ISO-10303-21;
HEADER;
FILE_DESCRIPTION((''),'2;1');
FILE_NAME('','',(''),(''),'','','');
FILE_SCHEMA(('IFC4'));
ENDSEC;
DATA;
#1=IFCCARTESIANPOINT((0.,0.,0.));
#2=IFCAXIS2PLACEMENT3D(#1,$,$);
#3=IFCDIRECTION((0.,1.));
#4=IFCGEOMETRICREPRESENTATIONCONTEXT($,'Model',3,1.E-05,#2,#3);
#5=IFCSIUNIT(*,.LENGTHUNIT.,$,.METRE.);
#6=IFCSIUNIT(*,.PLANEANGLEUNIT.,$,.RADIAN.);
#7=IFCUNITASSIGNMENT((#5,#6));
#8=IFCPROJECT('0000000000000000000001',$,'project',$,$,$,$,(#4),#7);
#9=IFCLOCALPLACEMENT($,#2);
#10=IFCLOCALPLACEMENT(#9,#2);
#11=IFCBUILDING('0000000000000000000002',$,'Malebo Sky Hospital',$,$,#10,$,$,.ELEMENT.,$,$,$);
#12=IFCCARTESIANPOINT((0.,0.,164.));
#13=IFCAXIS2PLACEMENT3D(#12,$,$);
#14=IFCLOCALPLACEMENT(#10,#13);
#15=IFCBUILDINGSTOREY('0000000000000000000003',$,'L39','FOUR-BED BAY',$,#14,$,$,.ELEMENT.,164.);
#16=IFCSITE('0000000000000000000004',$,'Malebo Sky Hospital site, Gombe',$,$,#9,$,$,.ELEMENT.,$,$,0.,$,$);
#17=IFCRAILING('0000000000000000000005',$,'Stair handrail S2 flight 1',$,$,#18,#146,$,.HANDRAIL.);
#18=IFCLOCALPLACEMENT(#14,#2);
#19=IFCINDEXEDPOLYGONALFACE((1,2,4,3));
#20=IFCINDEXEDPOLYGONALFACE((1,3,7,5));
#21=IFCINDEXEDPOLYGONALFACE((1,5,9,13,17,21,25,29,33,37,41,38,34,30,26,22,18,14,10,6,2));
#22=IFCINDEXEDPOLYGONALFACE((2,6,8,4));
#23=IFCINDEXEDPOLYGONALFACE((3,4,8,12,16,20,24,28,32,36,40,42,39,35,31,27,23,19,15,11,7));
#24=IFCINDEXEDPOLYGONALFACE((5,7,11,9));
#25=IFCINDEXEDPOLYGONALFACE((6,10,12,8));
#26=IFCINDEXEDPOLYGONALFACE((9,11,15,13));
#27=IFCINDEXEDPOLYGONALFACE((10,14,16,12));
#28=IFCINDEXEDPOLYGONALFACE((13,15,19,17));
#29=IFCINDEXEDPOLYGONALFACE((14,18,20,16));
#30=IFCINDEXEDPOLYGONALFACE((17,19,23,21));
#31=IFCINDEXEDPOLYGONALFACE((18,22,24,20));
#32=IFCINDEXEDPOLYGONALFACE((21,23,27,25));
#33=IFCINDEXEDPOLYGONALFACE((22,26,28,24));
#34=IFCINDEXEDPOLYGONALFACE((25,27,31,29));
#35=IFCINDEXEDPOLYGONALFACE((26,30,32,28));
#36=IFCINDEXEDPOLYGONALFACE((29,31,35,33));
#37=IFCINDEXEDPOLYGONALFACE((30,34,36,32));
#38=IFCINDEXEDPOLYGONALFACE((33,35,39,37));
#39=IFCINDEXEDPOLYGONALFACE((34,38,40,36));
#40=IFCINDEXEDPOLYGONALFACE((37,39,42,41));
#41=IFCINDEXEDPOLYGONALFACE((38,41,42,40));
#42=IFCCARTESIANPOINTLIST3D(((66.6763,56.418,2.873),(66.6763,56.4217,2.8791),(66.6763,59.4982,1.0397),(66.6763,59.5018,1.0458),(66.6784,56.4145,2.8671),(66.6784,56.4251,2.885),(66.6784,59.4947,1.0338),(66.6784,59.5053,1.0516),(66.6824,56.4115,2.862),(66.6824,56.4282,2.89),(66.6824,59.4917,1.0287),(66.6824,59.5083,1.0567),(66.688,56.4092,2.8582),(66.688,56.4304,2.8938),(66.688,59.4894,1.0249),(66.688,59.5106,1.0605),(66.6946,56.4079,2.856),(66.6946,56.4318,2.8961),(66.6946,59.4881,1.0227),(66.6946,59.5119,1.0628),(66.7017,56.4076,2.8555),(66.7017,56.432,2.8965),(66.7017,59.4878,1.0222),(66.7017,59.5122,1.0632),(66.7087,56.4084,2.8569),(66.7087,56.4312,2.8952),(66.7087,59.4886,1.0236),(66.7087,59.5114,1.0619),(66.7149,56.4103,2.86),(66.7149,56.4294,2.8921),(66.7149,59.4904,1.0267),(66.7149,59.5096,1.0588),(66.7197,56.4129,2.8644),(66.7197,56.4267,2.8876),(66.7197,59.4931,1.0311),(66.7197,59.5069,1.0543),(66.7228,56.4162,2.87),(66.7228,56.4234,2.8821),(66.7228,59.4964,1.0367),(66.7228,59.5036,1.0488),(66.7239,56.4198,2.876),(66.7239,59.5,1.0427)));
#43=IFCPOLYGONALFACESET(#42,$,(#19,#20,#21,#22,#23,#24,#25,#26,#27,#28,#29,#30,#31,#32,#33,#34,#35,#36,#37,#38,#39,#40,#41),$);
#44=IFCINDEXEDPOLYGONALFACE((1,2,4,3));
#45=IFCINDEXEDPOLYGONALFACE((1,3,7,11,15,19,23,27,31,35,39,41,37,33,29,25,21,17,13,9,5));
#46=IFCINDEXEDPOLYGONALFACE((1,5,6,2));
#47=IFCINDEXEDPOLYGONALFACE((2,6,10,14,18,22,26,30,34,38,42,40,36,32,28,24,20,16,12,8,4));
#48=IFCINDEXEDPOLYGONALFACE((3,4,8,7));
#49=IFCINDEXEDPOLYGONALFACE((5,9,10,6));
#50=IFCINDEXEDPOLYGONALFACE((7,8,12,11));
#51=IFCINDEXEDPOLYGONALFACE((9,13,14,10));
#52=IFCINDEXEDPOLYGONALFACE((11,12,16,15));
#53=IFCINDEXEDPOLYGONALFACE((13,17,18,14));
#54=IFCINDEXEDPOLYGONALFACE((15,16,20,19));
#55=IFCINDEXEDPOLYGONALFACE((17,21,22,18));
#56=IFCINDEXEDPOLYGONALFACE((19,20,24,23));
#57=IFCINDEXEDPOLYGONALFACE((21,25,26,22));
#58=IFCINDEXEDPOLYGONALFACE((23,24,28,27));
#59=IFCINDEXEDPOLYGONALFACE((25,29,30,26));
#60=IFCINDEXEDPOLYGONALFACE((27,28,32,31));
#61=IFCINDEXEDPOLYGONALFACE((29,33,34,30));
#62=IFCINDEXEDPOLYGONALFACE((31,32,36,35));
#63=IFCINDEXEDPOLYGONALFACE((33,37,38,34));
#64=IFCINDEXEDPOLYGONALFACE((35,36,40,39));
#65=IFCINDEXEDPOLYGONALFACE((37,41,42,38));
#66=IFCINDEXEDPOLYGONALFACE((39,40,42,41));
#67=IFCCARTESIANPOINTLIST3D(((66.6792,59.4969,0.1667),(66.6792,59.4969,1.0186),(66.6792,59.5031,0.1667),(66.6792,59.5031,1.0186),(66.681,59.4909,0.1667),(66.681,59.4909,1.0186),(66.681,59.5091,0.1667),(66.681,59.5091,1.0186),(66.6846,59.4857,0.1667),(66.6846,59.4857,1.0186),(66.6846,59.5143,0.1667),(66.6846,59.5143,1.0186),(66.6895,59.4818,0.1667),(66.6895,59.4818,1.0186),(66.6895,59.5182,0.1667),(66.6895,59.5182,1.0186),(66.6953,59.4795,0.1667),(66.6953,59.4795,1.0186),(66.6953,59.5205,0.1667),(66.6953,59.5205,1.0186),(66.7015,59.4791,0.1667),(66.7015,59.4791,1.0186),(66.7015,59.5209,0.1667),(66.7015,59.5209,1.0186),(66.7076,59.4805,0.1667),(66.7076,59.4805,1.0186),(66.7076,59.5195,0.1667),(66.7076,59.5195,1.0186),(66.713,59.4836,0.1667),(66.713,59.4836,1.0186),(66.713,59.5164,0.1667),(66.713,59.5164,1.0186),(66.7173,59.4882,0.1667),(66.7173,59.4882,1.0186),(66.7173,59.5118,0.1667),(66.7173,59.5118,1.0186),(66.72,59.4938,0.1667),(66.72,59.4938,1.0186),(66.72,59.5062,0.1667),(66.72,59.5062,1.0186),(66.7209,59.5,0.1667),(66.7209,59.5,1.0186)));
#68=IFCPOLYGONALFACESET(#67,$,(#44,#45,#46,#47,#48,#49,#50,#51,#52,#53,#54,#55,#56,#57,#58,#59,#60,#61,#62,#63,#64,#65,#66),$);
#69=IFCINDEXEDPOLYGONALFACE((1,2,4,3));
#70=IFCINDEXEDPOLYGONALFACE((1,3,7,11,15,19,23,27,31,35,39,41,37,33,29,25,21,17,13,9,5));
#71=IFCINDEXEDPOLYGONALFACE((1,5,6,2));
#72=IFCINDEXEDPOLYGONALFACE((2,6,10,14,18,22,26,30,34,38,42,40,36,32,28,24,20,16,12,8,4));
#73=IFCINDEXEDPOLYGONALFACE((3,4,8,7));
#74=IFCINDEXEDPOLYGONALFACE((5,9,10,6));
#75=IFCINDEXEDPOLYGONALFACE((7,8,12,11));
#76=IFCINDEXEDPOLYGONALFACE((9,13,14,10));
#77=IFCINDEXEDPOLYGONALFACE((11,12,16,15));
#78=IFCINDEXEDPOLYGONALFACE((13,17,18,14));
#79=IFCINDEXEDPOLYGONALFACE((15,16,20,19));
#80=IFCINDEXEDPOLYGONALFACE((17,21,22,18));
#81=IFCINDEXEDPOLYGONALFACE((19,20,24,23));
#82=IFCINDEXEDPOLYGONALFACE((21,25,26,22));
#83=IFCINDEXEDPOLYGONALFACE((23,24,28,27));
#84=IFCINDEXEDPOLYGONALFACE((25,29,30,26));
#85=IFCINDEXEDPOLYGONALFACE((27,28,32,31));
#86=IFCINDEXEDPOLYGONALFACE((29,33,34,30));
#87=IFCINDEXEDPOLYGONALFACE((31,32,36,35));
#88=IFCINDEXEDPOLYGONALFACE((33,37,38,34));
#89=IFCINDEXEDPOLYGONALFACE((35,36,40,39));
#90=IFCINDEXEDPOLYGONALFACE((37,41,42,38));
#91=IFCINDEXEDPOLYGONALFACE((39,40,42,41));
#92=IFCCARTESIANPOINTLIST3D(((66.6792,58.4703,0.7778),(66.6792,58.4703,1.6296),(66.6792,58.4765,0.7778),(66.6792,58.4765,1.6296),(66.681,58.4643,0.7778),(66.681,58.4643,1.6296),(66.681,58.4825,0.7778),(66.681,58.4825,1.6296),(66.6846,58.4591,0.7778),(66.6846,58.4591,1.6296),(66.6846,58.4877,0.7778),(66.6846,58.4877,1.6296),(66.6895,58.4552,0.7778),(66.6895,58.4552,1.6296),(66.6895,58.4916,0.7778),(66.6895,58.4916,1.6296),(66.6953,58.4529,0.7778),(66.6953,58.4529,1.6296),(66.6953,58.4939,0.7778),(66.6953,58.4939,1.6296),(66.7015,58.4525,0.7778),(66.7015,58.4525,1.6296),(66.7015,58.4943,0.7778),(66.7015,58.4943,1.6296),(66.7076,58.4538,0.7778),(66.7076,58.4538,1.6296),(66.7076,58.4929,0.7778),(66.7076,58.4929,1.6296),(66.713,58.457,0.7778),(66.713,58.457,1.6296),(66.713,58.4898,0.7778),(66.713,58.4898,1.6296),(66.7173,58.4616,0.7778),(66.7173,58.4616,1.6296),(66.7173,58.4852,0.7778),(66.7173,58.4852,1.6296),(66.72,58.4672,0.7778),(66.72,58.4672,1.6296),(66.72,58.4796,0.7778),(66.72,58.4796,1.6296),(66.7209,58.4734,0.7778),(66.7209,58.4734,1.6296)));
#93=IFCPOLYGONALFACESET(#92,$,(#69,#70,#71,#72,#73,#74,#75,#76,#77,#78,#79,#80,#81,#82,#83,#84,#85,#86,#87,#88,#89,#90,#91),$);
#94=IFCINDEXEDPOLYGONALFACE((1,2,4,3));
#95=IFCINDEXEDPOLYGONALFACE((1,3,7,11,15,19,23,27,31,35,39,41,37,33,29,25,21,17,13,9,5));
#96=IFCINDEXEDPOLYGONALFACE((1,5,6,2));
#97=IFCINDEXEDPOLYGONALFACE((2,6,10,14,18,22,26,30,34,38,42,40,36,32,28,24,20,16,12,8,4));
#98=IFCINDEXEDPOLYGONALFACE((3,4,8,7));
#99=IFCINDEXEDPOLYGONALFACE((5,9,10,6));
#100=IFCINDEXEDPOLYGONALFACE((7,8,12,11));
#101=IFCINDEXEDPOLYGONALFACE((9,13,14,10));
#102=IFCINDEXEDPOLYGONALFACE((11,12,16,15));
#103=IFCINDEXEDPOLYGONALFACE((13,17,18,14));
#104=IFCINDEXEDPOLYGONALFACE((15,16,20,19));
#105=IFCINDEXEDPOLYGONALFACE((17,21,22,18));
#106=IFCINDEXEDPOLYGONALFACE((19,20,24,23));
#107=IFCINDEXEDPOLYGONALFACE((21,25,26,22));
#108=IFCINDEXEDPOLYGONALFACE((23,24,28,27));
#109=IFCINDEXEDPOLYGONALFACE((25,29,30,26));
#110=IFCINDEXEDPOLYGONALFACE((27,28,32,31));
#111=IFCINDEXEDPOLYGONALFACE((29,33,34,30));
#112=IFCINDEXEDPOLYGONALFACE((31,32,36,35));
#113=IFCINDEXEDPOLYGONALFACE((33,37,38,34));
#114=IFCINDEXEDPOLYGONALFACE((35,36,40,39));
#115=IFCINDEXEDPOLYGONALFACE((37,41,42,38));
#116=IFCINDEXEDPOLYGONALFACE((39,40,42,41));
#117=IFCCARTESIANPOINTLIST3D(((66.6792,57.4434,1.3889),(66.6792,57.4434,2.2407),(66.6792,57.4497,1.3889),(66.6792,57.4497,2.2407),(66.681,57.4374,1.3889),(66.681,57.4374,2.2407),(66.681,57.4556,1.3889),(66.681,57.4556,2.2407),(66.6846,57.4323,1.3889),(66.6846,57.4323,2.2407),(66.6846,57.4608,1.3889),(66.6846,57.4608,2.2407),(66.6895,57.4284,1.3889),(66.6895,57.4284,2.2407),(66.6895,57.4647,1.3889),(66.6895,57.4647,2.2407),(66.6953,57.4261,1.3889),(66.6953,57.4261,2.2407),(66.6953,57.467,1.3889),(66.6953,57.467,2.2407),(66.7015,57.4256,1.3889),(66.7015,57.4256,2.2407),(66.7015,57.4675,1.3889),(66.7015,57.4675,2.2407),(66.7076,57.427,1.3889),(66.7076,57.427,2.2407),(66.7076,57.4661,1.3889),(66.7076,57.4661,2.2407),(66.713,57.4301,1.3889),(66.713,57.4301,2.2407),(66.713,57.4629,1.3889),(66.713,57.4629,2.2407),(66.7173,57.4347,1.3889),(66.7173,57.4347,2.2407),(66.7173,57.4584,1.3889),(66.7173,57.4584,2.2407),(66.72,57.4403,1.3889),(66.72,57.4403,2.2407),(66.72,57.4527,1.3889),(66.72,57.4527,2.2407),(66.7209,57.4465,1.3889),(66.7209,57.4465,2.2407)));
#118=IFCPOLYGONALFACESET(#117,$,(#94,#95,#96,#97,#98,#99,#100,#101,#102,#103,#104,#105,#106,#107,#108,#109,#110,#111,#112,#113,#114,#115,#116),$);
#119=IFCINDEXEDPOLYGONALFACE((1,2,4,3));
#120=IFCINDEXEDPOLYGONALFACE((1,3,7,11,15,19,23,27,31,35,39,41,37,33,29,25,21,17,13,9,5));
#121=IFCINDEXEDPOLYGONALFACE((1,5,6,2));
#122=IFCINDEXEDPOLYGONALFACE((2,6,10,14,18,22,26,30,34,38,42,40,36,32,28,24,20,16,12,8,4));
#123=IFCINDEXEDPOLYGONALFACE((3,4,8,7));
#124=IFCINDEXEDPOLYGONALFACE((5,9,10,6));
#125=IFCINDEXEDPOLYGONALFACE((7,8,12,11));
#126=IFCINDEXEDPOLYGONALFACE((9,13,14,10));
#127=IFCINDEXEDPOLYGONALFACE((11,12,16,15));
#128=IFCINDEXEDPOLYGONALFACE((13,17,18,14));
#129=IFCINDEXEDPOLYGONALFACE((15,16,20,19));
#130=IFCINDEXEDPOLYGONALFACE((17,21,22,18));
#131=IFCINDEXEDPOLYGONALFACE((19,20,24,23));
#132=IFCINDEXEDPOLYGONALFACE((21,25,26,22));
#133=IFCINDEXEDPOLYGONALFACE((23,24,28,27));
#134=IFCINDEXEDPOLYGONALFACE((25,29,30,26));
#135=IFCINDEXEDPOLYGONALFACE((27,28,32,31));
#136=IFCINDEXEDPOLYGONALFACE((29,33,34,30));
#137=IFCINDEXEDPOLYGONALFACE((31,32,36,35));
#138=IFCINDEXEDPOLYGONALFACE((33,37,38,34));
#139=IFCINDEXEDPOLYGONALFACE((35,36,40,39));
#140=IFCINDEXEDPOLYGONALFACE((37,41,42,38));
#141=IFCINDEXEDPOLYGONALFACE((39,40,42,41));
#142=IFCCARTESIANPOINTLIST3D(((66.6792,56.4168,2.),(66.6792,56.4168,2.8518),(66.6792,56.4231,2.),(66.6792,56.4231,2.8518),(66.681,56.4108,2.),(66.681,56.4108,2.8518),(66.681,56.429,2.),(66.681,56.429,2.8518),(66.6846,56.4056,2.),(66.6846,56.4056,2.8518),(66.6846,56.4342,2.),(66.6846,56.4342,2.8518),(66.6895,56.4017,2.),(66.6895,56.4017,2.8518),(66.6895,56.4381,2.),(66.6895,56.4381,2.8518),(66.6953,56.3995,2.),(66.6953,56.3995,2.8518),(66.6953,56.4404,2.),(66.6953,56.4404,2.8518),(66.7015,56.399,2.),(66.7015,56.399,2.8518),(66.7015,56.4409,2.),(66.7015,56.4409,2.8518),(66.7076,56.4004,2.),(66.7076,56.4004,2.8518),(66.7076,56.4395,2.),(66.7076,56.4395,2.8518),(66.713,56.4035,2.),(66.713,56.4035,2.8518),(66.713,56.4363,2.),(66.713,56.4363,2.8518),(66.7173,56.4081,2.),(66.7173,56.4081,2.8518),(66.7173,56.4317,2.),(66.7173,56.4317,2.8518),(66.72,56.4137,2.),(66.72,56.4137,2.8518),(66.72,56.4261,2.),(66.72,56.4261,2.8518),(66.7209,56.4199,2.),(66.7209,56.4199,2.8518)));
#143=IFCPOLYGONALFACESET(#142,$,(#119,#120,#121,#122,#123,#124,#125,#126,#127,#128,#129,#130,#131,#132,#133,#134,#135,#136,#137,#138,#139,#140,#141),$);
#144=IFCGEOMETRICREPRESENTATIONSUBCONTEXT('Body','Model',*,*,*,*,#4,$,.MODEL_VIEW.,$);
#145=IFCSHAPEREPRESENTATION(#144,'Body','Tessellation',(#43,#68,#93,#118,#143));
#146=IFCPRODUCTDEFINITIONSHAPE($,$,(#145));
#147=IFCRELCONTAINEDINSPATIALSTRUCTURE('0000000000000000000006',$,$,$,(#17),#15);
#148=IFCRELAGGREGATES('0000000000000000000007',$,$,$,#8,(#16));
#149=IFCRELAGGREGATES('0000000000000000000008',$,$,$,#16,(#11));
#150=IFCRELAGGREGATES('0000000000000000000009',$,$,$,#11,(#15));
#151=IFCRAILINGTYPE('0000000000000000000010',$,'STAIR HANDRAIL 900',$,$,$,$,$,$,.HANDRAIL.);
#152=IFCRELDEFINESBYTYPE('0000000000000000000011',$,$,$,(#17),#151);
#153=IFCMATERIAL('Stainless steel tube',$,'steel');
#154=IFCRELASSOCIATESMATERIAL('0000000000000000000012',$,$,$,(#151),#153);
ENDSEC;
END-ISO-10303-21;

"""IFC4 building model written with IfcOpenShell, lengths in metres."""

from ifc_helpers import new_model, si_unit, direction, frame, origin, origin_2d, place, context, subcontext, project, spatial, circle, extrude, material, type_object, element, save


model = new_model("IFC4")

# Units and contexts
model_context = context("Model", 3, precision=1e-05, world=origin(), true_north=direction((0.0, 1.0)))
body_context = subcontext(model_context, "Body", "Model", "MODEL_VIEW")
ifc_project = project(units=[si_unit("LENGTHUNIT", "METRE"), si_unit("PLANEANGLEUNIT", "RADIAN")], contexts=[model_context])

# Site, building, storey
site_placement = place(None, origin())
site = spatial("IfcSite", under=ifc_project, at=site_placement, Name="Malebo Sky Hospital site, Gombe", CompositionType="ELEMENT", RefElevation=0.0)
building_placement = place(site_placement, origin())
building = spatial("IfcBuilding", under=site, at=building_placement, Name="Malebo Sky Hospital", CompositionType="ELEMENT")
storey_placement = place(building_placement, frame((0.0, 0.0, 164.0)))
storey = spatial("IfcBuildingStorey", under=building, at=storey_placement, Name="L39", Description="FOUR-BED BAY", CompositionType="ELEMENT", Elevation=164.0)

# Railing
ifc_material_1 = material(Name="Stainless steel tube", Category="steel")
railing_type = type_object("IfcRailingType", Name="STAIR HANDRAIL 900", PredefinedType="HANDRAIL", material=ifc_material_1)
railing_1_placement = place(storey_placement, frame((66.7, 59.5, 0.1667)))
element("IfcRailing", 1, at=railing_1_placement, inside=storey, type_object=railing_type, Name="Stair handrail S2 flight 1", PredefinedType="HANDRAIL", context=body_context, shape_type="SweptSolid", body=[
    extrude(circle(Radius=0.0239, at=origin_2d()), frame((0.0, 0.0, 0.876), z_axis=(0.0, -0.859309, 0.511458), x_axis=(1.0, 0.0, 0.0)), (0.0, 0.0, 1.0), 3.5845),
    extrude(circle(Radius=0.021, at=origin_2d()), origin(), (0.0, 0.0, 1.0), 0.8518),
    extrude(circle(Radius=0.021, at=origin_2d()), frame((0.0, -1.0266, 0.6111)), (0.0, 0.0, 1.0), 0.8518),
    extrude(circle(Radius=0.021, at=origin_2d()), frame((0.0, -2.0535, 1.2222)), (0.0, 0.0, 1.0), 0.8518),
    extrude(circle(Radius=0.021, at=origin_2d()), frame((0.0, -3.0801, 1.8333)), (0.0, 0.0, 1.0), 0.8518),
])

save(model, "model.ifc")
